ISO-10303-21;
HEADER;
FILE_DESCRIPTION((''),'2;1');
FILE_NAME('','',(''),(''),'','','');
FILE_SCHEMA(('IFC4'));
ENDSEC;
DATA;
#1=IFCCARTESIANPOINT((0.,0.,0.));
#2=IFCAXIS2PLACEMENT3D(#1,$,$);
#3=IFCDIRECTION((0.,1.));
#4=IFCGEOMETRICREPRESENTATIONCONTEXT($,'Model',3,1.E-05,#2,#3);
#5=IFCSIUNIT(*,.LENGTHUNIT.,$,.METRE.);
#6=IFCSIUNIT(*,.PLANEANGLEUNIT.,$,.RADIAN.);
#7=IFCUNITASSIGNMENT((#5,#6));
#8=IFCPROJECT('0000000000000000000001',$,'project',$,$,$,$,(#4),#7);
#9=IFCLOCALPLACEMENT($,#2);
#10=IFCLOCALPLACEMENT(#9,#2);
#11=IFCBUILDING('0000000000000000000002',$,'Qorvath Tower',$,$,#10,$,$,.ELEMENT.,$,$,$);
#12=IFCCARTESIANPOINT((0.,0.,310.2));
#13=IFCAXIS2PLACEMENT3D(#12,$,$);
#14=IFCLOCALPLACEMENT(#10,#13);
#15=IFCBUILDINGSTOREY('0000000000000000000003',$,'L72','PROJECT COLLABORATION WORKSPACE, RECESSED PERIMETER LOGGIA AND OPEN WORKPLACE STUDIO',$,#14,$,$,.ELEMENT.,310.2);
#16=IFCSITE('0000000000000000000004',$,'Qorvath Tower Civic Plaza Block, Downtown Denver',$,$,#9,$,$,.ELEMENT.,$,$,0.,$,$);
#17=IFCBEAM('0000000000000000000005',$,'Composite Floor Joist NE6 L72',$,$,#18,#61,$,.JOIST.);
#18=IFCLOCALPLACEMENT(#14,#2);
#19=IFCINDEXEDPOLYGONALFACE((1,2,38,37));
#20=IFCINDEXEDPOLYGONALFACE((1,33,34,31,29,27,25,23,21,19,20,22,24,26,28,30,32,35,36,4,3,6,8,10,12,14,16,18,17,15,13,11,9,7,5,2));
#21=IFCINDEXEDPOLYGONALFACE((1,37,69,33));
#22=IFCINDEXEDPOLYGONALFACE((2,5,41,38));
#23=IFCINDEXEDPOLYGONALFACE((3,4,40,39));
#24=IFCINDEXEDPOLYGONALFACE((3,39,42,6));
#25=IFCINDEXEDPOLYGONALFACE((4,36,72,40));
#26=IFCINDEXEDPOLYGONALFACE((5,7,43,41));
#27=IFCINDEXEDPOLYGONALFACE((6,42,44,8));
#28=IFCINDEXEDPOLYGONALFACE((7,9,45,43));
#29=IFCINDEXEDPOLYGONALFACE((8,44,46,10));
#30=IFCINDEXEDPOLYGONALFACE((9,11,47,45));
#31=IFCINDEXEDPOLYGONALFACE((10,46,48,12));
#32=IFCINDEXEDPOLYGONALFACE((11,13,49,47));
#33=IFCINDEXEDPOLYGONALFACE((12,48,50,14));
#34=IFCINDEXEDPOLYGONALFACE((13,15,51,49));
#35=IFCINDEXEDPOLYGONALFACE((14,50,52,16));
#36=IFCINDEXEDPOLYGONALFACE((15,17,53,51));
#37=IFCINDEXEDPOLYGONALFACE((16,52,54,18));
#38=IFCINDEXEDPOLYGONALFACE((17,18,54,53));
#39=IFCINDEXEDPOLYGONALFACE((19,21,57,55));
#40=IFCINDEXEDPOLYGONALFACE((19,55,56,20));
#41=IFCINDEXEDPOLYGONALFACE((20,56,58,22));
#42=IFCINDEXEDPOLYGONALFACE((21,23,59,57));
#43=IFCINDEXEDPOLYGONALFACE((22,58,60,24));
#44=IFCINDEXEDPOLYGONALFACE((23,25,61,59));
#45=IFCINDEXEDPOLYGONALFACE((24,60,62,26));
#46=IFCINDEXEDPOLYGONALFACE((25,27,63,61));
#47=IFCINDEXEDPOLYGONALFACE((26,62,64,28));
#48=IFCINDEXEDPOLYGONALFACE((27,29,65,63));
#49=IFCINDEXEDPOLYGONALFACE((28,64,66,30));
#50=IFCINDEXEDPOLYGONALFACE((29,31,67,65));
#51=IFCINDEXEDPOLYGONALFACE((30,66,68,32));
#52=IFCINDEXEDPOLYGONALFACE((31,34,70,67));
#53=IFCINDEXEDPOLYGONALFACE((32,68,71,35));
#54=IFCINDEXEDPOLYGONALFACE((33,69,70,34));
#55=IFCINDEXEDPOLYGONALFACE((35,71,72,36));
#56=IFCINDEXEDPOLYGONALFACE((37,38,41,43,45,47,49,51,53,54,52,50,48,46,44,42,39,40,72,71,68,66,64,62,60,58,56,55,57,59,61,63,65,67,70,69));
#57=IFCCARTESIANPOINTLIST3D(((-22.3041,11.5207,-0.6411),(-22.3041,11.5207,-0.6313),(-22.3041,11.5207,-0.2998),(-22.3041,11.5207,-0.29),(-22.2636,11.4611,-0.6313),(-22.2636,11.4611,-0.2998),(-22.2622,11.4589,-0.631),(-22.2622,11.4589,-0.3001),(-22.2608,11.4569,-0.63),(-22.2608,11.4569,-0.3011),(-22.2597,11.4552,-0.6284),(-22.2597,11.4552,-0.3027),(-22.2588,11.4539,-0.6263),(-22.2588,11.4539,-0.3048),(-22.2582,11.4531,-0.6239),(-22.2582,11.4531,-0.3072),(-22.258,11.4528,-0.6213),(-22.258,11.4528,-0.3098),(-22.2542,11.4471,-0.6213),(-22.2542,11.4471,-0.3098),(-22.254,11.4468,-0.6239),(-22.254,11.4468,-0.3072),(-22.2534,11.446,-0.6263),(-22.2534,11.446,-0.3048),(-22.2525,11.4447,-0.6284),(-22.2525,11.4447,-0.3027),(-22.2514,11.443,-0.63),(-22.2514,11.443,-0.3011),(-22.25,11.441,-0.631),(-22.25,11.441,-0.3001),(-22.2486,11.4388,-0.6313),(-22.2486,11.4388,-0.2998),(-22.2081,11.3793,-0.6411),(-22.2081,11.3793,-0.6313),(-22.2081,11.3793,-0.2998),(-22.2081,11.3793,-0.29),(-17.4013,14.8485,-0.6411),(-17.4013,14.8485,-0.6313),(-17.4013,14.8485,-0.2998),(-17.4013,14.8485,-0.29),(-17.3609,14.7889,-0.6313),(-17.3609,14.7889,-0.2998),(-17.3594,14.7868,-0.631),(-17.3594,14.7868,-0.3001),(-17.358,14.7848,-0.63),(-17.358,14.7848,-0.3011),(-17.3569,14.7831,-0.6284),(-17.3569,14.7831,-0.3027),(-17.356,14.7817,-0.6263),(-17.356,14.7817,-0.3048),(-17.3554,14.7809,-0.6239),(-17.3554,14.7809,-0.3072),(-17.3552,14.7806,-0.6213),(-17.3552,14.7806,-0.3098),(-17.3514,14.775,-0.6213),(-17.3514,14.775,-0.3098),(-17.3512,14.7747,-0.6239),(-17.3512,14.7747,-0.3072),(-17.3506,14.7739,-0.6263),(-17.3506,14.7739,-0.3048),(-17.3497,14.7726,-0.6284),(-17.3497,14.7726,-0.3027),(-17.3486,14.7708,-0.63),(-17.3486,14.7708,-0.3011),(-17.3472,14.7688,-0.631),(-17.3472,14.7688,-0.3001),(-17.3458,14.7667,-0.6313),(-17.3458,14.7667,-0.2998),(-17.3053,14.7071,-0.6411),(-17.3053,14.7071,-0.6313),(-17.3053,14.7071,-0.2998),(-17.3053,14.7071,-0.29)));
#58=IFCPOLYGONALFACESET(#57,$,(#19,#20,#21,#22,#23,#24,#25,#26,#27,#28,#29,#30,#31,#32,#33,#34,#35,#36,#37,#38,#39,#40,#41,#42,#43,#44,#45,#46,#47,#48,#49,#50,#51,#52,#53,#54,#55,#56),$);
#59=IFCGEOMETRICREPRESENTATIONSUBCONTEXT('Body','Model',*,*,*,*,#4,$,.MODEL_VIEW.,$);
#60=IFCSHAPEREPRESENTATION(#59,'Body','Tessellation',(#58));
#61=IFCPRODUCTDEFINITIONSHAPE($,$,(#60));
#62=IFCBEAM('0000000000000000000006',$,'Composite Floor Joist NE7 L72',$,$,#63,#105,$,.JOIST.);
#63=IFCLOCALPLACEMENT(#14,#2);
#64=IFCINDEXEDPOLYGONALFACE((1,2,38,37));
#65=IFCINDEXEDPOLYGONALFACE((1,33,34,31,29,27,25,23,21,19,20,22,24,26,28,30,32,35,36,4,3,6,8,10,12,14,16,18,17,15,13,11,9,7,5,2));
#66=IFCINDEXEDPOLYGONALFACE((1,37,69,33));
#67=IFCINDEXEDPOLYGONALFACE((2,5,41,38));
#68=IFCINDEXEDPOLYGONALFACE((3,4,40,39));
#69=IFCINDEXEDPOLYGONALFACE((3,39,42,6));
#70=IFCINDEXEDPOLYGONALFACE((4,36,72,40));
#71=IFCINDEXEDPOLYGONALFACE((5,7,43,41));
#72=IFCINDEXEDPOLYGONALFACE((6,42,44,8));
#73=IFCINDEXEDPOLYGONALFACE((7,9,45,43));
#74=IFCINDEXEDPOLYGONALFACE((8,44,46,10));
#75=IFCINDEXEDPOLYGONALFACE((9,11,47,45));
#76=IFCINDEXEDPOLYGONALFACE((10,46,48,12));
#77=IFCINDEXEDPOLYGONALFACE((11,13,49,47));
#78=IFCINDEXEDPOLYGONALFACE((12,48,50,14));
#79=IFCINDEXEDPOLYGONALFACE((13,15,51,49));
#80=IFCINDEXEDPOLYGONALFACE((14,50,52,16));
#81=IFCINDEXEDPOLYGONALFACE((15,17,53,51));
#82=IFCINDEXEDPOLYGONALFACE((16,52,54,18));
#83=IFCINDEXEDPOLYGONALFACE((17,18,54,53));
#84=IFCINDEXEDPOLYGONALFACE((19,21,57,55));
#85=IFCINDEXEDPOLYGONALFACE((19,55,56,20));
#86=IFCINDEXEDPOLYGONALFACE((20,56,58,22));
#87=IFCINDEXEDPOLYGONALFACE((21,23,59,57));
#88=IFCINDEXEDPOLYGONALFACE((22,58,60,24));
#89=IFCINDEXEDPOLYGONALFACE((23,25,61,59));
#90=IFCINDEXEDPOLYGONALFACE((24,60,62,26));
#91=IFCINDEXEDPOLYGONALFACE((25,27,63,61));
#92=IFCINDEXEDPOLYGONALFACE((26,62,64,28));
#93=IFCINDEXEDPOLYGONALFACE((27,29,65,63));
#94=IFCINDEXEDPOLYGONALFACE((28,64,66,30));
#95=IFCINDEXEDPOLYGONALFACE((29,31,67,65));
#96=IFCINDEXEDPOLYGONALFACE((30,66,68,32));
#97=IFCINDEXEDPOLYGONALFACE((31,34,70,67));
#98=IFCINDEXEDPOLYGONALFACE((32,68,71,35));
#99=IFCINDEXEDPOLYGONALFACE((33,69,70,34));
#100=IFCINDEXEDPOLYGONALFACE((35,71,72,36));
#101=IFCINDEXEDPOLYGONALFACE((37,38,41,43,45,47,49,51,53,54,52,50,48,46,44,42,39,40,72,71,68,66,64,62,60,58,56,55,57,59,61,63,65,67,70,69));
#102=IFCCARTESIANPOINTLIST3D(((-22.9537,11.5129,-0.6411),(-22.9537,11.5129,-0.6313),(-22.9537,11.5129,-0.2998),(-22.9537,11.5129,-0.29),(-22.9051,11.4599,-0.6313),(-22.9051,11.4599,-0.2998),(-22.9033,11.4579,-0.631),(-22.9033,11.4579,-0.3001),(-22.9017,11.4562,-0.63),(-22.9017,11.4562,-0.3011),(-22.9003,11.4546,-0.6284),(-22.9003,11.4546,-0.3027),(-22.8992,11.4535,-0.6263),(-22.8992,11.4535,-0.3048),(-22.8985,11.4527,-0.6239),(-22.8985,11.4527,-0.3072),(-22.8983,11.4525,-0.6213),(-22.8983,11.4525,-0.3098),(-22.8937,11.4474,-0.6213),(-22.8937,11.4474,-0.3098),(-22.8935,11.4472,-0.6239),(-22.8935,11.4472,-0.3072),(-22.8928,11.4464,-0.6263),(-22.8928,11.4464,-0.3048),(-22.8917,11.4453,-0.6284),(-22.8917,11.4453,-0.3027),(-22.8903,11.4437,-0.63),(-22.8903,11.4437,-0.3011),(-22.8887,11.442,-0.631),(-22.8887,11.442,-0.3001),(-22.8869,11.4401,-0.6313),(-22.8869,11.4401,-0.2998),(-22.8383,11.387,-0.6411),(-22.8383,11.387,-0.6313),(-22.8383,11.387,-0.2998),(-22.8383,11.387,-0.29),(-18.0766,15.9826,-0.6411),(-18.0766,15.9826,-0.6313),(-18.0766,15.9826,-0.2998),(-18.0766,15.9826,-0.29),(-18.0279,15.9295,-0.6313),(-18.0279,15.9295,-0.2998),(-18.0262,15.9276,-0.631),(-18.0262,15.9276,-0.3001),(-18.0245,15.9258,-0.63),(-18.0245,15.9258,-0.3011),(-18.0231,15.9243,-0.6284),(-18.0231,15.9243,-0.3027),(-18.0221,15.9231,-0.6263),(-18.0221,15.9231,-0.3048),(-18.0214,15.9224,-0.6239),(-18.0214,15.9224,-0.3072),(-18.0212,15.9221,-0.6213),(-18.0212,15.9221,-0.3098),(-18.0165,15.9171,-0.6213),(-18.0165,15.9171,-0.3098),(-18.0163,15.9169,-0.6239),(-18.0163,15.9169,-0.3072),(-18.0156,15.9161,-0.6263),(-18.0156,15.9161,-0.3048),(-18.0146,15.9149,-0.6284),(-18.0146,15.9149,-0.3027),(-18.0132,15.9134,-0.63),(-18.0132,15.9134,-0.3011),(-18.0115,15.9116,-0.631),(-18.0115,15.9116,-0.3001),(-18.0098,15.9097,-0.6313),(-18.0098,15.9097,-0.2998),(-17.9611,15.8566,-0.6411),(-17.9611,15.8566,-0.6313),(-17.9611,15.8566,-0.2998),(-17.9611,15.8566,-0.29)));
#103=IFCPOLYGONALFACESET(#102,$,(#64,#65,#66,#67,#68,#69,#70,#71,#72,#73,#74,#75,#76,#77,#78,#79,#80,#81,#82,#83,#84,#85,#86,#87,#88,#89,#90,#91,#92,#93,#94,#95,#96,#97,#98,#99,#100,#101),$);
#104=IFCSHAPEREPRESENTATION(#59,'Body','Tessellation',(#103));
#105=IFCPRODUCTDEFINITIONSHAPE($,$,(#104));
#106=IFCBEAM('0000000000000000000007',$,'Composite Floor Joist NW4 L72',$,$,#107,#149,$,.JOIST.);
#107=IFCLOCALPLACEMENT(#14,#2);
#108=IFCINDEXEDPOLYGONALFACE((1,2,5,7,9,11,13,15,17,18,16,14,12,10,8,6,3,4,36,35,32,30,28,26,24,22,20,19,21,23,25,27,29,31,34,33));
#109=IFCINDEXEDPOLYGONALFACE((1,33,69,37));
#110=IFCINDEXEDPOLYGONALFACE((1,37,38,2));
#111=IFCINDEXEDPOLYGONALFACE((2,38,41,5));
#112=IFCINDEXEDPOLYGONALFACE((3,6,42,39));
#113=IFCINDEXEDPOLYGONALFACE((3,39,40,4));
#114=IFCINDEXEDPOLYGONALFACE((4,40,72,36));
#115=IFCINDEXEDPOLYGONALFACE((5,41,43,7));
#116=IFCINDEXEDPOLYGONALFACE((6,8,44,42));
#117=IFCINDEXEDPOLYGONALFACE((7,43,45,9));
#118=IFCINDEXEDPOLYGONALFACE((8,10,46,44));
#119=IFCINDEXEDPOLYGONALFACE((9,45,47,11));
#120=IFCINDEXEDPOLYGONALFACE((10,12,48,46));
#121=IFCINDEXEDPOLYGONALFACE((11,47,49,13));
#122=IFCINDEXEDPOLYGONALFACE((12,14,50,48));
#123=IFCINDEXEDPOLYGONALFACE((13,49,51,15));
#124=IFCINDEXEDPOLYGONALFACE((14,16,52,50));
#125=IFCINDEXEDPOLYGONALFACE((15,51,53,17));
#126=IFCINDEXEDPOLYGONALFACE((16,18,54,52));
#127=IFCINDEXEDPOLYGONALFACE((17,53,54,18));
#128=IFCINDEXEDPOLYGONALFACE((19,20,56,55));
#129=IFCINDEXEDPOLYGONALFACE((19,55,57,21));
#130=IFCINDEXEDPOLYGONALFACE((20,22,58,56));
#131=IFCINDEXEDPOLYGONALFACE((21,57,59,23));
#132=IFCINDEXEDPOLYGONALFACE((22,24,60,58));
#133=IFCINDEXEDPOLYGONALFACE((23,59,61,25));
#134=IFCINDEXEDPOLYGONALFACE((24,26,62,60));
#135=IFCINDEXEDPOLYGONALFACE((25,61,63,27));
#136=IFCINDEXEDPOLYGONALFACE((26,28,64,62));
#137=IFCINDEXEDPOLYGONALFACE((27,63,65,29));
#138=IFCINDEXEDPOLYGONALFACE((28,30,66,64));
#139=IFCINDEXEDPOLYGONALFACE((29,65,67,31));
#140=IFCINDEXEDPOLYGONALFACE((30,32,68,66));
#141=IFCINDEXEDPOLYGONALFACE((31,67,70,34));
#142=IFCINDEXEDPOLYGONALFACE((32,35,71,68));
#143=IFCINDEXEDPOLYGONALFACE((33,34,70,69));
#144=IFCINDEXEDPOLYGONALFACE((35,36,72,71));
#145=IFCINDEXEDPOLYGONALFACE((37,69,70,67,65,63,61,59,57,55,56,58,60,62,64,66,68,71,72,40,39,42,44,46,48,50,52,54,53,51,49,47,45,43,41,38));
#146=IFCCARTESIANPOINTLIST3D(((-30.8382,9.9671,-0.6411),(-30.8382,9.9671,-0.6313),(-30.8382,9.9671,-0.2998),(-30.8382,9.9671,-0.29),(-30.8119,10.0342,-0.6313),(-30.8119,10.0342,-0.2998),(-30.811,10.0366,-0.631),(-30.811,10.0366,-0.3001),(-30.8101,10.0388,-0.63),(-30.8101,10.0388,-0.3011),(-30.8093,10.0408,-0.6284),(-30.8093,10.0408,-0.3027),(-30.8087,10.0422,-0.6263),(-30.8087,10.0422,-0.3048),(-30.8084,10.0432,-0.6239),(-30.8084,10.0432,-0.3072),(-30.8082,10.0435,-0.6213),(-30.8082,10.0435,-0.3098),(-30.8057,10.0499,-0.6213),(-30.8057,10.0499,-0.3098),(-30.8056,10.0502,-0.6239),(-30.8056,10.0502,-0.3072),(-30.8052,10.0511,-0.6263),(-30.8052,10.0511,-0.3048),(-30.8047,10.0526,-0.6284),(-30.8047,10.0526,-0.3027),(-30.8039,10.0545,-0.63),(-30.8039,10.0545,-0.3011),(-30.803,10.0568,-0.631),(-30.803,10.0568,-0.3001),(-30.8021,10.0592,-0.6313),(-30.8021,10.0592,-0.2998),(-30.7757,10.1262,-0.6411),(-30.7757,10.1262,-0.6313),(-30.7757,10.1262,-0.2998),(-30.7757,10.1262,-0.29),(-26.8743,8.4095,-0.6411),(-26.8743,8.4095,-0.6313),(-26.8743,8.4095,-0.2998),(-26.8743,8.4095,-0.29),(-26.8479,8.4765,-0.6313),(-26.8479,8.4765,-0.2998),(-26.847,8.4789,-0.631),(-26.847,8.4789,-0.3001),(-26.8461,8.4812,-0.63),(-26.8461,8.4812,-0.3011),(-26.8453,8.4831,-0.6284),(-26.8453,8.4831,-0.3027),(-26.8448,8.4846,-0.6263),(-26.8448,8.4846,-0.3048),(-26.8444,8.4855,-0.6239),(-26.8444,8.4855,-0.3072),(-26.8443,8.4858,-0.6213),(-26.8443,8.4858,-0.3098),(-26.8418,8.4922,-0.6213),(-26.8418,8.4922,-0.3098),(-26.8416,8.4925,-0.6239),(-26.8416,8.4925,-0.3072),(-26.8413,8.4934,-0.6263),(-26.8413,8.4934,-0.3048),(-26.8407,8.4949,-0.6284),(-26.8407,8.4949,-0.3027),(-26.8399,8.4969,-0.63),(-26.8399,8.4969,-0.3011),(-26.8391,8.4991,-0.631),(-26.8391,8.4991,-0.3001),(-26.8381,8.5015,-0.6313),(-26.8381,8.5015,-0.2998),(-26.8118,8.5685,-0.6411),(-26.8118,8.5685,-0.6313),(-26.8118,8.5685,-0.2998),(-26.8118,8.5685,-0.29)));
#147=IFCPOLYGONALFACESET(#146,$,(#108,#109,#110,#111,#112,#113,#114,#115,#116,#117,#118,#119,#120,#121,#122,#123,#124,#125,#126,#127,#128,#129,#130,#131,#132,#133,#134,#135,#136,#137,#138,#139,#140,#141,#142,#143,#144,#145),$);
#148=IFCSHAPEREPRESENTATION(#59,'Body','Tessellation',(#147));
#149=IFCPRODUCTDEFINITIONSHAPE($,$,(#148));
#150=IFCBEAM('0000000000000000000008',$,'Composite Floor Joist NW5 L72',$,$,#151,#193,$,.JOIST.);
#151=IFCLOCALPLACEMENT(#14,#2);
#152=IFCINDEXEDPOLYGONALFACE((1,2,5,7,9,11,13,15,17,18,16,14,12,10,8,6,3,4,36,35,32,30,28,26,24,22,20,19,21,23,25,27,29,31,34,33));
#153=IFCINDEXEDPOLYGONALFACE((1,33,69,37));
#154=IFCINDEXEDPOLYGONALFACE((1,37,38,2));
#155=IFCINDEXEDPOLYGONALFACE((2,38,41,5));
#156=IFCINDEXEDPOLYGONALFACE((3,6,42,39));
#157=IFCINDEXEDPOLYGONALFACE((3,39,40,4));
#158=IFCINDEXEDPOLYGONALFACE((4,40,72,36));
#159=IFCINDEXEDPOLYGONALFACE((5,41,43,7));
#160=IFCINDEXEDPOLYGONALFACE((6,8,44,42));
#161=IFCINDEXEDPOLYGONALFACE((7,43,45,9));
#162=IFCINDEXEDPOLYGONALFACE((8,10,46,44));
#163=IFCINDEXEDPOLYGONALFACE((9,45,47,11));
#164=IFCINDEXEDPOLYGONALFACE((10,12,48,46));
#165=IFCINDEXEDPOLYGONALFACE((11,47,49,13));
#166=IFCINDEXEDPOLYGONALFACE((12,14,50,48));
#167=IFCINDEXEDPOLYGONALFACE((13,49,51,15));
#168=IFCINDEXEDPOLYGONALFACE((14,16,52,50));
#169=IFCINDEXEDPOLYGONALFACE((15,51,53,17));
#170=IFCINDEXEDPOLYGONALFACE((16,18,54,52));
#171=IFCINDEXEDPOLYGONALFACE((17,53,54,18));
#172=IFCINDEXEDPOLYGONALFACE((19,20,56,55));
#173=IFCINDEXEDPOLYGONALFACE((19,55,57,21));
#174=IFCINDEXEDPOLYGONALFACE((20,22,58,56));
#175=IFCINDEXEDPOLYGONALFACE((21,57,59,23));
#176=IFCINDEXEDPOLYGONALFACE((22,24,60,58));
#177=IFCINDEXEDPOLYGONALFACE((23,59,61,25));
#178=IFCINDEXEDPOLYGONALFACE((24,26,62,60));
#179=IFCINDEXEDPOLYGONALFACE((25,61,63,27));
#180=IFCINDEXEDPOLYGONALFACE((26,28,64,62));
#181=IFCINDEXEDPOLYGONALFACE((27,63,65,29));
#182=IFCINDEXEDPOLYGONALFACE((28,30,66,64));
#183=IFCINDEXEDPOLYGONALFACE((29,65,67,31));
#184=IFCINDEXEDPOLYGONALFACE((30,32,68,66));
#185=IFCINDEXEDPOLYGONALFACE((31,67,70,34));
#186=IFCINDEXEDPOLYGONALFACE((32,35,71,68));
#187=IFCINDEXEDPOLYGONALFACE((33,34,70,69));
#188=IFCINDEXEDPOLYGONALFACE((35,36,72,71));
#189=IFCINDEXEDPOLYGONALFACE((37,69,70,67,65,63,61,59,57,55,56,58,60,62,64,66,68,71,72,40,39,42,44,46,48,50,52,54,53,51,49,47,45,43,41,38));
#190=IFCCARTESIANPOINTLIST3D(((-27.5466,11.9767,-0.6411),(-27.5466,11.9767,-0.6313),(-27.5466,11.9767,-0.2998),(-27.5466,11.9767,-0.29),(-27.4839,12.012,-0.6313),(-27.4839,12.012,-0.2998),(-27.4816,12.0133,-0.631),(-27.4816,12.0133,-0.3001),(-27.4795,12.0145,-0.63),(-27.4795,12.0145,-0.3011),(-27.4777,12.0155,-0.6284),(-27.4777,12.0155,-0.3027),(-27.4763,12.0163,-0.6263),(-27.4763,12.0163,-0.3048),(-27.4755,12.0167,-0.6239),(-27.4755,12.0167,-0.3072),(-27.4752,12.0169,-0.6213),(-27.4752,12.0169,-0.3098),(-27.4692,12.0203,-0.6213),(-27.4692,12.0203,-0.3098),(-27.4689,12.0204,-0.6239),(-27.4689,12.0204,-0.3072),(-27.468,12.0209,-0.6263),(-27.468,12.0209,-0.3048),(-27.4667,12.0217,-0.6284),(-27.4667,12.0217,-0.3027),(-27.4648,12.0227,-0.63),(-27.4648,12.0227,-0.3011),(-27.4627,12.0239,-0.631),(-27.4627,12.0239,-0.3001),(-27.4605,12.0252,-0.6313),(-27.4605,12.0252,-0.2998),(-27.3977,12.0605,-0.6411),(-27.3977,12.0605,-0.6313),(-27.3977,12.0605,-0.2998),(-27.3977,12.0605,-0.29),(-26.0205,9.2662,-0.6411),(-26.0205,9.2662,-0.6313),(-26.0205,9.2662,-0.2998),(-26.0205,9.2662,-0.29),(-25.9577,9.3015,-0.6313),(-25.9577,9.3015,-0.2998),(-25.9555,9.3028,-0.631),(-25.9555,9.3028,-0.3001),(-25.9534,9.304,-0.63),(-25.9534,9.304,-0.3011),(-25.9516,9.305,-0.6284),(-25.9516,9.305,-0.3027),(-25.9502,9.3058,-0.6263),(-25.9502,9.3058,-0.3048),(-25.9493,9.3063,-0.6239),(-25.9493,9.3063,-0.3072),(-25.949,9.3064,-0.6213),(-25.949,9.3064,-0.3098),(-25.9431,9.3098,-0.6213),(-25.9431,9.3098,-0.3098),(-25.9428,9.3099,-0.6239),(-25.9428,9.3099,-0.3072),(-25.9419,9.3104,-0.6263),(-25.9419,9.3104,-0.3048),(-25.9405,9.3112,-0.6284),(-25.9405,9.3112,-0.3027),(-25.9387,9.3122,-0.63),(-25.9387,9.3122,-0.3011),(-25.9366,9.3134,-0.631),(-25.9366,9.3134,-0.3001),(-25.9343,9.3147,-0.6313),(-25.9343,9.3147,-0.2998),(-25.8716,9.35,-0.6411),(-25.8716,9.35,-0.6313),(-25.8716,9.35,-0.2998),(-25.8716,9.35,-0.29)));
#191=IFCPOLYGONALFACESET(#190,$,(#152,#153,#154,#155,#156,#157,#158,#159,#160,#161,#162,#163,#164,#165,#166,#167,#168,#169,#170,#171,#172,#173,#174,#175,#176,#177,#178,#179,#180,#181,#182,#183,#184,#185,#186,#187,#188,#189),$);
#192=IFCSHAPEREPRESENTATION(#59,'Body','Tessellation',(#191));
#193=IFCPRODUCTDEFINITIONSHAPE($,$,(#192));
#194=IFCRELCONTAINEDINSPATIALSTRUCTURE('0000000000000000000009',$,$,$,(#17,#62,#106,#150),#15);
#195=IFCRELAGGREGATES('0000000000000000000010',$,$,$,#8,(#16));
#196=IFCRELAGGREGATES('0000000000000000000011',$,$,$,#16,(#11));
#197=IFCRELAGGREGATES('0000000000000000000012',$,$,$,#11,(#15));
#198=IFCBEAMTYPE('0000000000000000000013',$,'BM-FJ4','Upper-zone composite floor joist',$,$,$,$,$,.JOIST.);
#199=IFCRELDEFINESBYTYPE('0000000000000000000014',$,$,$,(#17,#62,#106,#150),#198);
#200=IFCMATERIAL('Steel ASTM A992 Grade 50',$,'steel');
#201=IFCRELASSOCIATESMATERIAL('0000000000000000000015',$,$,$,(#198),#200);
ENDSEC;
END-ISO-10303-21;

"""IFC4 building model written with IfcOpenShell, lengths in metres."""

from ifc_helpers import new_model, si_unit, direction, frame, origin, origin_2d, place, context, subcontext, project, spatial, i_section, extrude, material, material_profile, profile_set, type_object, element, save


model = new_model("IFC4")

# Units and contexts
model_context = context("Model", 3, precision=1e-05, world=origin(), true_north=direction((0.0, 1.0)))
body_context = subcontext(model_context, "Body", "Model", "MODEL_VIEW")
ifc_project = project(units=[si_unit("LENGTHUNIT", "METRE"), si_unit("PLANEANGLEUNIT", "RADIAN")], contexts=[model_context])

# Site, building, storey
site_placement = place(None, origin())
site = spatial("IfcSite", under=ifc_project, at=site_placement, Name="Qorvath Tower Civic Plaza Block, Downtown Denver", CompositionType="ELEMENT", RefElevation=0.0)
building_placement = place(site_placement, origin())
building = spatial("IfcBuilding", under=site, at=building_placement, Name="Qorvath Tower", CompositionType="ELEMENT")
storey_placement = place(building_placement, frame((0.0, 0.0, 310.2)))
storey = spatial("IfcBuildingStorey", under=building, at=storey_placement, Name="L72", Description="PROJECT COLLABORATION WORKSPACE, RECESSED PERIMETER LOGGIA AND OPEN WORKPLACE STUDIO", CompositionType="ELEMENT", Elevation=310.2)

# Beams
ifc_material_1 = material(Name="Steel ASTM A992 Grade 50", Category="steel")
ifc_material_profile_1 = material_profile(ifc_material_1, i_section(OverallWidth=0.1709, OverallDepth=0.3511, WebThickness=0.0068, FlangeThickness=0.0098, FilletRadius=0.01, at=origin_2d()), Name="W14x30")
ifc_profile_set_1 = profile_set([ifc_material_profile_1], Name="Steel ASTM A992 Grade 50")
beam_type_1 = type_object("IfcBeamType", Name="BM-FJ4", Description="Upper-zone composite floor joist", PredefinedType="JOIST", material=ifc_profile_set_1)
beam_1_placement = place(storey_placement, frame((-22.2561, 11.45, -0.4656), z_axis=(0.827401, 0.561612, 0.0), x_axis=(-0.561612, 0.827401, 0.0)))
element("IfcBeam", 1, at=beam_1_placement, inside=storey, type_object=beam_type_1, Name="Composite Floor Joist NE6 L72", PredefinedType="JOIST", context=body_context, shape_type="SweptSolid", body=[
    extrude(i_section(OverallWidth=0.1709, OverallDepth=0.3511, WebThickness=0.0068, FlangeThickness=0.0098, FilletRadius=0.01, at=origin_2d()), origin(), (0.0, 0.0, 1.0), 5.9255),
])
beam_2_placement = place(storey_placement, frame((-22.896, 11.45, -0.4656), z_axis=(0.737232, 0.675639, 0.0), x_axis=(-0.675639, 0.737232, 0.0)))
element("IfcBeam", 2, at=beam_2_placement, inside=storey, type_object=beam_type_1, Name="Composite Floor Joist NE7 L72", PredefinedType="JOIST", context=body_context, shape_type="SweptSolid", body=[
    extrude(i_section(OverallWidth=0.1709, OverallDepth=0.3511, WebThickness=0.0068, FlangeThickness=0.0098, FilletRadius=0.01, at=origin_2d()), origin(), (0.0, 0.0, 1.0), 6.6155),
])
beam_3_placement = place(storey_placement, frame((-26.843, 8.489, -0.4656), z_axis=(-0.930721, 0.36573, 0.0), x_axis=(-0.36573, -0.930721, 0.0)))
element("IfcBeam", 3, at=beam_3_placement, inside=storey, type_object=beam_type_1, Name="Composite Floor Joist NW4 L72", PredefinedType="JOIST", context=body_context, shape_type="SweptSolid", body=[
    extrude(i_section(OverallWidth=0.1709, OverallDepth=0.3511, WebThickness=0.0068, FlangeThickness=0.0098, FilletRadius=0.01, at=origin_2d()), origin(), (0.0, 0.0, 1.0), 4.259),
])
beam_4_placement = place(storey_placement, frame((-25.946, 9.3081, -0.4656), z_axis=(-0.490626, 0.87137, 0.0), x_axis=(-0.87137, -0.490626, 0.0)))
element("IfcBeam", 4, at=beam_4_placement, inside=storey, type_object=beam_type_1, Name="Composite Floor Joist NW5 L72", PredefinedType="JOIST", context=body_context, shape_type="SweptSolid", body=[
    extrude(i_section(OverallWidth=0.1709, OverallDepth=0.3511, WebThickness=0.0068, FlangeThickness=0.0098, FilletRadius=0.01, at=origin_2d()), origin(), (0.0, 0.0, 1.0), 3.1106),
])

save(model, "model.ifc")
